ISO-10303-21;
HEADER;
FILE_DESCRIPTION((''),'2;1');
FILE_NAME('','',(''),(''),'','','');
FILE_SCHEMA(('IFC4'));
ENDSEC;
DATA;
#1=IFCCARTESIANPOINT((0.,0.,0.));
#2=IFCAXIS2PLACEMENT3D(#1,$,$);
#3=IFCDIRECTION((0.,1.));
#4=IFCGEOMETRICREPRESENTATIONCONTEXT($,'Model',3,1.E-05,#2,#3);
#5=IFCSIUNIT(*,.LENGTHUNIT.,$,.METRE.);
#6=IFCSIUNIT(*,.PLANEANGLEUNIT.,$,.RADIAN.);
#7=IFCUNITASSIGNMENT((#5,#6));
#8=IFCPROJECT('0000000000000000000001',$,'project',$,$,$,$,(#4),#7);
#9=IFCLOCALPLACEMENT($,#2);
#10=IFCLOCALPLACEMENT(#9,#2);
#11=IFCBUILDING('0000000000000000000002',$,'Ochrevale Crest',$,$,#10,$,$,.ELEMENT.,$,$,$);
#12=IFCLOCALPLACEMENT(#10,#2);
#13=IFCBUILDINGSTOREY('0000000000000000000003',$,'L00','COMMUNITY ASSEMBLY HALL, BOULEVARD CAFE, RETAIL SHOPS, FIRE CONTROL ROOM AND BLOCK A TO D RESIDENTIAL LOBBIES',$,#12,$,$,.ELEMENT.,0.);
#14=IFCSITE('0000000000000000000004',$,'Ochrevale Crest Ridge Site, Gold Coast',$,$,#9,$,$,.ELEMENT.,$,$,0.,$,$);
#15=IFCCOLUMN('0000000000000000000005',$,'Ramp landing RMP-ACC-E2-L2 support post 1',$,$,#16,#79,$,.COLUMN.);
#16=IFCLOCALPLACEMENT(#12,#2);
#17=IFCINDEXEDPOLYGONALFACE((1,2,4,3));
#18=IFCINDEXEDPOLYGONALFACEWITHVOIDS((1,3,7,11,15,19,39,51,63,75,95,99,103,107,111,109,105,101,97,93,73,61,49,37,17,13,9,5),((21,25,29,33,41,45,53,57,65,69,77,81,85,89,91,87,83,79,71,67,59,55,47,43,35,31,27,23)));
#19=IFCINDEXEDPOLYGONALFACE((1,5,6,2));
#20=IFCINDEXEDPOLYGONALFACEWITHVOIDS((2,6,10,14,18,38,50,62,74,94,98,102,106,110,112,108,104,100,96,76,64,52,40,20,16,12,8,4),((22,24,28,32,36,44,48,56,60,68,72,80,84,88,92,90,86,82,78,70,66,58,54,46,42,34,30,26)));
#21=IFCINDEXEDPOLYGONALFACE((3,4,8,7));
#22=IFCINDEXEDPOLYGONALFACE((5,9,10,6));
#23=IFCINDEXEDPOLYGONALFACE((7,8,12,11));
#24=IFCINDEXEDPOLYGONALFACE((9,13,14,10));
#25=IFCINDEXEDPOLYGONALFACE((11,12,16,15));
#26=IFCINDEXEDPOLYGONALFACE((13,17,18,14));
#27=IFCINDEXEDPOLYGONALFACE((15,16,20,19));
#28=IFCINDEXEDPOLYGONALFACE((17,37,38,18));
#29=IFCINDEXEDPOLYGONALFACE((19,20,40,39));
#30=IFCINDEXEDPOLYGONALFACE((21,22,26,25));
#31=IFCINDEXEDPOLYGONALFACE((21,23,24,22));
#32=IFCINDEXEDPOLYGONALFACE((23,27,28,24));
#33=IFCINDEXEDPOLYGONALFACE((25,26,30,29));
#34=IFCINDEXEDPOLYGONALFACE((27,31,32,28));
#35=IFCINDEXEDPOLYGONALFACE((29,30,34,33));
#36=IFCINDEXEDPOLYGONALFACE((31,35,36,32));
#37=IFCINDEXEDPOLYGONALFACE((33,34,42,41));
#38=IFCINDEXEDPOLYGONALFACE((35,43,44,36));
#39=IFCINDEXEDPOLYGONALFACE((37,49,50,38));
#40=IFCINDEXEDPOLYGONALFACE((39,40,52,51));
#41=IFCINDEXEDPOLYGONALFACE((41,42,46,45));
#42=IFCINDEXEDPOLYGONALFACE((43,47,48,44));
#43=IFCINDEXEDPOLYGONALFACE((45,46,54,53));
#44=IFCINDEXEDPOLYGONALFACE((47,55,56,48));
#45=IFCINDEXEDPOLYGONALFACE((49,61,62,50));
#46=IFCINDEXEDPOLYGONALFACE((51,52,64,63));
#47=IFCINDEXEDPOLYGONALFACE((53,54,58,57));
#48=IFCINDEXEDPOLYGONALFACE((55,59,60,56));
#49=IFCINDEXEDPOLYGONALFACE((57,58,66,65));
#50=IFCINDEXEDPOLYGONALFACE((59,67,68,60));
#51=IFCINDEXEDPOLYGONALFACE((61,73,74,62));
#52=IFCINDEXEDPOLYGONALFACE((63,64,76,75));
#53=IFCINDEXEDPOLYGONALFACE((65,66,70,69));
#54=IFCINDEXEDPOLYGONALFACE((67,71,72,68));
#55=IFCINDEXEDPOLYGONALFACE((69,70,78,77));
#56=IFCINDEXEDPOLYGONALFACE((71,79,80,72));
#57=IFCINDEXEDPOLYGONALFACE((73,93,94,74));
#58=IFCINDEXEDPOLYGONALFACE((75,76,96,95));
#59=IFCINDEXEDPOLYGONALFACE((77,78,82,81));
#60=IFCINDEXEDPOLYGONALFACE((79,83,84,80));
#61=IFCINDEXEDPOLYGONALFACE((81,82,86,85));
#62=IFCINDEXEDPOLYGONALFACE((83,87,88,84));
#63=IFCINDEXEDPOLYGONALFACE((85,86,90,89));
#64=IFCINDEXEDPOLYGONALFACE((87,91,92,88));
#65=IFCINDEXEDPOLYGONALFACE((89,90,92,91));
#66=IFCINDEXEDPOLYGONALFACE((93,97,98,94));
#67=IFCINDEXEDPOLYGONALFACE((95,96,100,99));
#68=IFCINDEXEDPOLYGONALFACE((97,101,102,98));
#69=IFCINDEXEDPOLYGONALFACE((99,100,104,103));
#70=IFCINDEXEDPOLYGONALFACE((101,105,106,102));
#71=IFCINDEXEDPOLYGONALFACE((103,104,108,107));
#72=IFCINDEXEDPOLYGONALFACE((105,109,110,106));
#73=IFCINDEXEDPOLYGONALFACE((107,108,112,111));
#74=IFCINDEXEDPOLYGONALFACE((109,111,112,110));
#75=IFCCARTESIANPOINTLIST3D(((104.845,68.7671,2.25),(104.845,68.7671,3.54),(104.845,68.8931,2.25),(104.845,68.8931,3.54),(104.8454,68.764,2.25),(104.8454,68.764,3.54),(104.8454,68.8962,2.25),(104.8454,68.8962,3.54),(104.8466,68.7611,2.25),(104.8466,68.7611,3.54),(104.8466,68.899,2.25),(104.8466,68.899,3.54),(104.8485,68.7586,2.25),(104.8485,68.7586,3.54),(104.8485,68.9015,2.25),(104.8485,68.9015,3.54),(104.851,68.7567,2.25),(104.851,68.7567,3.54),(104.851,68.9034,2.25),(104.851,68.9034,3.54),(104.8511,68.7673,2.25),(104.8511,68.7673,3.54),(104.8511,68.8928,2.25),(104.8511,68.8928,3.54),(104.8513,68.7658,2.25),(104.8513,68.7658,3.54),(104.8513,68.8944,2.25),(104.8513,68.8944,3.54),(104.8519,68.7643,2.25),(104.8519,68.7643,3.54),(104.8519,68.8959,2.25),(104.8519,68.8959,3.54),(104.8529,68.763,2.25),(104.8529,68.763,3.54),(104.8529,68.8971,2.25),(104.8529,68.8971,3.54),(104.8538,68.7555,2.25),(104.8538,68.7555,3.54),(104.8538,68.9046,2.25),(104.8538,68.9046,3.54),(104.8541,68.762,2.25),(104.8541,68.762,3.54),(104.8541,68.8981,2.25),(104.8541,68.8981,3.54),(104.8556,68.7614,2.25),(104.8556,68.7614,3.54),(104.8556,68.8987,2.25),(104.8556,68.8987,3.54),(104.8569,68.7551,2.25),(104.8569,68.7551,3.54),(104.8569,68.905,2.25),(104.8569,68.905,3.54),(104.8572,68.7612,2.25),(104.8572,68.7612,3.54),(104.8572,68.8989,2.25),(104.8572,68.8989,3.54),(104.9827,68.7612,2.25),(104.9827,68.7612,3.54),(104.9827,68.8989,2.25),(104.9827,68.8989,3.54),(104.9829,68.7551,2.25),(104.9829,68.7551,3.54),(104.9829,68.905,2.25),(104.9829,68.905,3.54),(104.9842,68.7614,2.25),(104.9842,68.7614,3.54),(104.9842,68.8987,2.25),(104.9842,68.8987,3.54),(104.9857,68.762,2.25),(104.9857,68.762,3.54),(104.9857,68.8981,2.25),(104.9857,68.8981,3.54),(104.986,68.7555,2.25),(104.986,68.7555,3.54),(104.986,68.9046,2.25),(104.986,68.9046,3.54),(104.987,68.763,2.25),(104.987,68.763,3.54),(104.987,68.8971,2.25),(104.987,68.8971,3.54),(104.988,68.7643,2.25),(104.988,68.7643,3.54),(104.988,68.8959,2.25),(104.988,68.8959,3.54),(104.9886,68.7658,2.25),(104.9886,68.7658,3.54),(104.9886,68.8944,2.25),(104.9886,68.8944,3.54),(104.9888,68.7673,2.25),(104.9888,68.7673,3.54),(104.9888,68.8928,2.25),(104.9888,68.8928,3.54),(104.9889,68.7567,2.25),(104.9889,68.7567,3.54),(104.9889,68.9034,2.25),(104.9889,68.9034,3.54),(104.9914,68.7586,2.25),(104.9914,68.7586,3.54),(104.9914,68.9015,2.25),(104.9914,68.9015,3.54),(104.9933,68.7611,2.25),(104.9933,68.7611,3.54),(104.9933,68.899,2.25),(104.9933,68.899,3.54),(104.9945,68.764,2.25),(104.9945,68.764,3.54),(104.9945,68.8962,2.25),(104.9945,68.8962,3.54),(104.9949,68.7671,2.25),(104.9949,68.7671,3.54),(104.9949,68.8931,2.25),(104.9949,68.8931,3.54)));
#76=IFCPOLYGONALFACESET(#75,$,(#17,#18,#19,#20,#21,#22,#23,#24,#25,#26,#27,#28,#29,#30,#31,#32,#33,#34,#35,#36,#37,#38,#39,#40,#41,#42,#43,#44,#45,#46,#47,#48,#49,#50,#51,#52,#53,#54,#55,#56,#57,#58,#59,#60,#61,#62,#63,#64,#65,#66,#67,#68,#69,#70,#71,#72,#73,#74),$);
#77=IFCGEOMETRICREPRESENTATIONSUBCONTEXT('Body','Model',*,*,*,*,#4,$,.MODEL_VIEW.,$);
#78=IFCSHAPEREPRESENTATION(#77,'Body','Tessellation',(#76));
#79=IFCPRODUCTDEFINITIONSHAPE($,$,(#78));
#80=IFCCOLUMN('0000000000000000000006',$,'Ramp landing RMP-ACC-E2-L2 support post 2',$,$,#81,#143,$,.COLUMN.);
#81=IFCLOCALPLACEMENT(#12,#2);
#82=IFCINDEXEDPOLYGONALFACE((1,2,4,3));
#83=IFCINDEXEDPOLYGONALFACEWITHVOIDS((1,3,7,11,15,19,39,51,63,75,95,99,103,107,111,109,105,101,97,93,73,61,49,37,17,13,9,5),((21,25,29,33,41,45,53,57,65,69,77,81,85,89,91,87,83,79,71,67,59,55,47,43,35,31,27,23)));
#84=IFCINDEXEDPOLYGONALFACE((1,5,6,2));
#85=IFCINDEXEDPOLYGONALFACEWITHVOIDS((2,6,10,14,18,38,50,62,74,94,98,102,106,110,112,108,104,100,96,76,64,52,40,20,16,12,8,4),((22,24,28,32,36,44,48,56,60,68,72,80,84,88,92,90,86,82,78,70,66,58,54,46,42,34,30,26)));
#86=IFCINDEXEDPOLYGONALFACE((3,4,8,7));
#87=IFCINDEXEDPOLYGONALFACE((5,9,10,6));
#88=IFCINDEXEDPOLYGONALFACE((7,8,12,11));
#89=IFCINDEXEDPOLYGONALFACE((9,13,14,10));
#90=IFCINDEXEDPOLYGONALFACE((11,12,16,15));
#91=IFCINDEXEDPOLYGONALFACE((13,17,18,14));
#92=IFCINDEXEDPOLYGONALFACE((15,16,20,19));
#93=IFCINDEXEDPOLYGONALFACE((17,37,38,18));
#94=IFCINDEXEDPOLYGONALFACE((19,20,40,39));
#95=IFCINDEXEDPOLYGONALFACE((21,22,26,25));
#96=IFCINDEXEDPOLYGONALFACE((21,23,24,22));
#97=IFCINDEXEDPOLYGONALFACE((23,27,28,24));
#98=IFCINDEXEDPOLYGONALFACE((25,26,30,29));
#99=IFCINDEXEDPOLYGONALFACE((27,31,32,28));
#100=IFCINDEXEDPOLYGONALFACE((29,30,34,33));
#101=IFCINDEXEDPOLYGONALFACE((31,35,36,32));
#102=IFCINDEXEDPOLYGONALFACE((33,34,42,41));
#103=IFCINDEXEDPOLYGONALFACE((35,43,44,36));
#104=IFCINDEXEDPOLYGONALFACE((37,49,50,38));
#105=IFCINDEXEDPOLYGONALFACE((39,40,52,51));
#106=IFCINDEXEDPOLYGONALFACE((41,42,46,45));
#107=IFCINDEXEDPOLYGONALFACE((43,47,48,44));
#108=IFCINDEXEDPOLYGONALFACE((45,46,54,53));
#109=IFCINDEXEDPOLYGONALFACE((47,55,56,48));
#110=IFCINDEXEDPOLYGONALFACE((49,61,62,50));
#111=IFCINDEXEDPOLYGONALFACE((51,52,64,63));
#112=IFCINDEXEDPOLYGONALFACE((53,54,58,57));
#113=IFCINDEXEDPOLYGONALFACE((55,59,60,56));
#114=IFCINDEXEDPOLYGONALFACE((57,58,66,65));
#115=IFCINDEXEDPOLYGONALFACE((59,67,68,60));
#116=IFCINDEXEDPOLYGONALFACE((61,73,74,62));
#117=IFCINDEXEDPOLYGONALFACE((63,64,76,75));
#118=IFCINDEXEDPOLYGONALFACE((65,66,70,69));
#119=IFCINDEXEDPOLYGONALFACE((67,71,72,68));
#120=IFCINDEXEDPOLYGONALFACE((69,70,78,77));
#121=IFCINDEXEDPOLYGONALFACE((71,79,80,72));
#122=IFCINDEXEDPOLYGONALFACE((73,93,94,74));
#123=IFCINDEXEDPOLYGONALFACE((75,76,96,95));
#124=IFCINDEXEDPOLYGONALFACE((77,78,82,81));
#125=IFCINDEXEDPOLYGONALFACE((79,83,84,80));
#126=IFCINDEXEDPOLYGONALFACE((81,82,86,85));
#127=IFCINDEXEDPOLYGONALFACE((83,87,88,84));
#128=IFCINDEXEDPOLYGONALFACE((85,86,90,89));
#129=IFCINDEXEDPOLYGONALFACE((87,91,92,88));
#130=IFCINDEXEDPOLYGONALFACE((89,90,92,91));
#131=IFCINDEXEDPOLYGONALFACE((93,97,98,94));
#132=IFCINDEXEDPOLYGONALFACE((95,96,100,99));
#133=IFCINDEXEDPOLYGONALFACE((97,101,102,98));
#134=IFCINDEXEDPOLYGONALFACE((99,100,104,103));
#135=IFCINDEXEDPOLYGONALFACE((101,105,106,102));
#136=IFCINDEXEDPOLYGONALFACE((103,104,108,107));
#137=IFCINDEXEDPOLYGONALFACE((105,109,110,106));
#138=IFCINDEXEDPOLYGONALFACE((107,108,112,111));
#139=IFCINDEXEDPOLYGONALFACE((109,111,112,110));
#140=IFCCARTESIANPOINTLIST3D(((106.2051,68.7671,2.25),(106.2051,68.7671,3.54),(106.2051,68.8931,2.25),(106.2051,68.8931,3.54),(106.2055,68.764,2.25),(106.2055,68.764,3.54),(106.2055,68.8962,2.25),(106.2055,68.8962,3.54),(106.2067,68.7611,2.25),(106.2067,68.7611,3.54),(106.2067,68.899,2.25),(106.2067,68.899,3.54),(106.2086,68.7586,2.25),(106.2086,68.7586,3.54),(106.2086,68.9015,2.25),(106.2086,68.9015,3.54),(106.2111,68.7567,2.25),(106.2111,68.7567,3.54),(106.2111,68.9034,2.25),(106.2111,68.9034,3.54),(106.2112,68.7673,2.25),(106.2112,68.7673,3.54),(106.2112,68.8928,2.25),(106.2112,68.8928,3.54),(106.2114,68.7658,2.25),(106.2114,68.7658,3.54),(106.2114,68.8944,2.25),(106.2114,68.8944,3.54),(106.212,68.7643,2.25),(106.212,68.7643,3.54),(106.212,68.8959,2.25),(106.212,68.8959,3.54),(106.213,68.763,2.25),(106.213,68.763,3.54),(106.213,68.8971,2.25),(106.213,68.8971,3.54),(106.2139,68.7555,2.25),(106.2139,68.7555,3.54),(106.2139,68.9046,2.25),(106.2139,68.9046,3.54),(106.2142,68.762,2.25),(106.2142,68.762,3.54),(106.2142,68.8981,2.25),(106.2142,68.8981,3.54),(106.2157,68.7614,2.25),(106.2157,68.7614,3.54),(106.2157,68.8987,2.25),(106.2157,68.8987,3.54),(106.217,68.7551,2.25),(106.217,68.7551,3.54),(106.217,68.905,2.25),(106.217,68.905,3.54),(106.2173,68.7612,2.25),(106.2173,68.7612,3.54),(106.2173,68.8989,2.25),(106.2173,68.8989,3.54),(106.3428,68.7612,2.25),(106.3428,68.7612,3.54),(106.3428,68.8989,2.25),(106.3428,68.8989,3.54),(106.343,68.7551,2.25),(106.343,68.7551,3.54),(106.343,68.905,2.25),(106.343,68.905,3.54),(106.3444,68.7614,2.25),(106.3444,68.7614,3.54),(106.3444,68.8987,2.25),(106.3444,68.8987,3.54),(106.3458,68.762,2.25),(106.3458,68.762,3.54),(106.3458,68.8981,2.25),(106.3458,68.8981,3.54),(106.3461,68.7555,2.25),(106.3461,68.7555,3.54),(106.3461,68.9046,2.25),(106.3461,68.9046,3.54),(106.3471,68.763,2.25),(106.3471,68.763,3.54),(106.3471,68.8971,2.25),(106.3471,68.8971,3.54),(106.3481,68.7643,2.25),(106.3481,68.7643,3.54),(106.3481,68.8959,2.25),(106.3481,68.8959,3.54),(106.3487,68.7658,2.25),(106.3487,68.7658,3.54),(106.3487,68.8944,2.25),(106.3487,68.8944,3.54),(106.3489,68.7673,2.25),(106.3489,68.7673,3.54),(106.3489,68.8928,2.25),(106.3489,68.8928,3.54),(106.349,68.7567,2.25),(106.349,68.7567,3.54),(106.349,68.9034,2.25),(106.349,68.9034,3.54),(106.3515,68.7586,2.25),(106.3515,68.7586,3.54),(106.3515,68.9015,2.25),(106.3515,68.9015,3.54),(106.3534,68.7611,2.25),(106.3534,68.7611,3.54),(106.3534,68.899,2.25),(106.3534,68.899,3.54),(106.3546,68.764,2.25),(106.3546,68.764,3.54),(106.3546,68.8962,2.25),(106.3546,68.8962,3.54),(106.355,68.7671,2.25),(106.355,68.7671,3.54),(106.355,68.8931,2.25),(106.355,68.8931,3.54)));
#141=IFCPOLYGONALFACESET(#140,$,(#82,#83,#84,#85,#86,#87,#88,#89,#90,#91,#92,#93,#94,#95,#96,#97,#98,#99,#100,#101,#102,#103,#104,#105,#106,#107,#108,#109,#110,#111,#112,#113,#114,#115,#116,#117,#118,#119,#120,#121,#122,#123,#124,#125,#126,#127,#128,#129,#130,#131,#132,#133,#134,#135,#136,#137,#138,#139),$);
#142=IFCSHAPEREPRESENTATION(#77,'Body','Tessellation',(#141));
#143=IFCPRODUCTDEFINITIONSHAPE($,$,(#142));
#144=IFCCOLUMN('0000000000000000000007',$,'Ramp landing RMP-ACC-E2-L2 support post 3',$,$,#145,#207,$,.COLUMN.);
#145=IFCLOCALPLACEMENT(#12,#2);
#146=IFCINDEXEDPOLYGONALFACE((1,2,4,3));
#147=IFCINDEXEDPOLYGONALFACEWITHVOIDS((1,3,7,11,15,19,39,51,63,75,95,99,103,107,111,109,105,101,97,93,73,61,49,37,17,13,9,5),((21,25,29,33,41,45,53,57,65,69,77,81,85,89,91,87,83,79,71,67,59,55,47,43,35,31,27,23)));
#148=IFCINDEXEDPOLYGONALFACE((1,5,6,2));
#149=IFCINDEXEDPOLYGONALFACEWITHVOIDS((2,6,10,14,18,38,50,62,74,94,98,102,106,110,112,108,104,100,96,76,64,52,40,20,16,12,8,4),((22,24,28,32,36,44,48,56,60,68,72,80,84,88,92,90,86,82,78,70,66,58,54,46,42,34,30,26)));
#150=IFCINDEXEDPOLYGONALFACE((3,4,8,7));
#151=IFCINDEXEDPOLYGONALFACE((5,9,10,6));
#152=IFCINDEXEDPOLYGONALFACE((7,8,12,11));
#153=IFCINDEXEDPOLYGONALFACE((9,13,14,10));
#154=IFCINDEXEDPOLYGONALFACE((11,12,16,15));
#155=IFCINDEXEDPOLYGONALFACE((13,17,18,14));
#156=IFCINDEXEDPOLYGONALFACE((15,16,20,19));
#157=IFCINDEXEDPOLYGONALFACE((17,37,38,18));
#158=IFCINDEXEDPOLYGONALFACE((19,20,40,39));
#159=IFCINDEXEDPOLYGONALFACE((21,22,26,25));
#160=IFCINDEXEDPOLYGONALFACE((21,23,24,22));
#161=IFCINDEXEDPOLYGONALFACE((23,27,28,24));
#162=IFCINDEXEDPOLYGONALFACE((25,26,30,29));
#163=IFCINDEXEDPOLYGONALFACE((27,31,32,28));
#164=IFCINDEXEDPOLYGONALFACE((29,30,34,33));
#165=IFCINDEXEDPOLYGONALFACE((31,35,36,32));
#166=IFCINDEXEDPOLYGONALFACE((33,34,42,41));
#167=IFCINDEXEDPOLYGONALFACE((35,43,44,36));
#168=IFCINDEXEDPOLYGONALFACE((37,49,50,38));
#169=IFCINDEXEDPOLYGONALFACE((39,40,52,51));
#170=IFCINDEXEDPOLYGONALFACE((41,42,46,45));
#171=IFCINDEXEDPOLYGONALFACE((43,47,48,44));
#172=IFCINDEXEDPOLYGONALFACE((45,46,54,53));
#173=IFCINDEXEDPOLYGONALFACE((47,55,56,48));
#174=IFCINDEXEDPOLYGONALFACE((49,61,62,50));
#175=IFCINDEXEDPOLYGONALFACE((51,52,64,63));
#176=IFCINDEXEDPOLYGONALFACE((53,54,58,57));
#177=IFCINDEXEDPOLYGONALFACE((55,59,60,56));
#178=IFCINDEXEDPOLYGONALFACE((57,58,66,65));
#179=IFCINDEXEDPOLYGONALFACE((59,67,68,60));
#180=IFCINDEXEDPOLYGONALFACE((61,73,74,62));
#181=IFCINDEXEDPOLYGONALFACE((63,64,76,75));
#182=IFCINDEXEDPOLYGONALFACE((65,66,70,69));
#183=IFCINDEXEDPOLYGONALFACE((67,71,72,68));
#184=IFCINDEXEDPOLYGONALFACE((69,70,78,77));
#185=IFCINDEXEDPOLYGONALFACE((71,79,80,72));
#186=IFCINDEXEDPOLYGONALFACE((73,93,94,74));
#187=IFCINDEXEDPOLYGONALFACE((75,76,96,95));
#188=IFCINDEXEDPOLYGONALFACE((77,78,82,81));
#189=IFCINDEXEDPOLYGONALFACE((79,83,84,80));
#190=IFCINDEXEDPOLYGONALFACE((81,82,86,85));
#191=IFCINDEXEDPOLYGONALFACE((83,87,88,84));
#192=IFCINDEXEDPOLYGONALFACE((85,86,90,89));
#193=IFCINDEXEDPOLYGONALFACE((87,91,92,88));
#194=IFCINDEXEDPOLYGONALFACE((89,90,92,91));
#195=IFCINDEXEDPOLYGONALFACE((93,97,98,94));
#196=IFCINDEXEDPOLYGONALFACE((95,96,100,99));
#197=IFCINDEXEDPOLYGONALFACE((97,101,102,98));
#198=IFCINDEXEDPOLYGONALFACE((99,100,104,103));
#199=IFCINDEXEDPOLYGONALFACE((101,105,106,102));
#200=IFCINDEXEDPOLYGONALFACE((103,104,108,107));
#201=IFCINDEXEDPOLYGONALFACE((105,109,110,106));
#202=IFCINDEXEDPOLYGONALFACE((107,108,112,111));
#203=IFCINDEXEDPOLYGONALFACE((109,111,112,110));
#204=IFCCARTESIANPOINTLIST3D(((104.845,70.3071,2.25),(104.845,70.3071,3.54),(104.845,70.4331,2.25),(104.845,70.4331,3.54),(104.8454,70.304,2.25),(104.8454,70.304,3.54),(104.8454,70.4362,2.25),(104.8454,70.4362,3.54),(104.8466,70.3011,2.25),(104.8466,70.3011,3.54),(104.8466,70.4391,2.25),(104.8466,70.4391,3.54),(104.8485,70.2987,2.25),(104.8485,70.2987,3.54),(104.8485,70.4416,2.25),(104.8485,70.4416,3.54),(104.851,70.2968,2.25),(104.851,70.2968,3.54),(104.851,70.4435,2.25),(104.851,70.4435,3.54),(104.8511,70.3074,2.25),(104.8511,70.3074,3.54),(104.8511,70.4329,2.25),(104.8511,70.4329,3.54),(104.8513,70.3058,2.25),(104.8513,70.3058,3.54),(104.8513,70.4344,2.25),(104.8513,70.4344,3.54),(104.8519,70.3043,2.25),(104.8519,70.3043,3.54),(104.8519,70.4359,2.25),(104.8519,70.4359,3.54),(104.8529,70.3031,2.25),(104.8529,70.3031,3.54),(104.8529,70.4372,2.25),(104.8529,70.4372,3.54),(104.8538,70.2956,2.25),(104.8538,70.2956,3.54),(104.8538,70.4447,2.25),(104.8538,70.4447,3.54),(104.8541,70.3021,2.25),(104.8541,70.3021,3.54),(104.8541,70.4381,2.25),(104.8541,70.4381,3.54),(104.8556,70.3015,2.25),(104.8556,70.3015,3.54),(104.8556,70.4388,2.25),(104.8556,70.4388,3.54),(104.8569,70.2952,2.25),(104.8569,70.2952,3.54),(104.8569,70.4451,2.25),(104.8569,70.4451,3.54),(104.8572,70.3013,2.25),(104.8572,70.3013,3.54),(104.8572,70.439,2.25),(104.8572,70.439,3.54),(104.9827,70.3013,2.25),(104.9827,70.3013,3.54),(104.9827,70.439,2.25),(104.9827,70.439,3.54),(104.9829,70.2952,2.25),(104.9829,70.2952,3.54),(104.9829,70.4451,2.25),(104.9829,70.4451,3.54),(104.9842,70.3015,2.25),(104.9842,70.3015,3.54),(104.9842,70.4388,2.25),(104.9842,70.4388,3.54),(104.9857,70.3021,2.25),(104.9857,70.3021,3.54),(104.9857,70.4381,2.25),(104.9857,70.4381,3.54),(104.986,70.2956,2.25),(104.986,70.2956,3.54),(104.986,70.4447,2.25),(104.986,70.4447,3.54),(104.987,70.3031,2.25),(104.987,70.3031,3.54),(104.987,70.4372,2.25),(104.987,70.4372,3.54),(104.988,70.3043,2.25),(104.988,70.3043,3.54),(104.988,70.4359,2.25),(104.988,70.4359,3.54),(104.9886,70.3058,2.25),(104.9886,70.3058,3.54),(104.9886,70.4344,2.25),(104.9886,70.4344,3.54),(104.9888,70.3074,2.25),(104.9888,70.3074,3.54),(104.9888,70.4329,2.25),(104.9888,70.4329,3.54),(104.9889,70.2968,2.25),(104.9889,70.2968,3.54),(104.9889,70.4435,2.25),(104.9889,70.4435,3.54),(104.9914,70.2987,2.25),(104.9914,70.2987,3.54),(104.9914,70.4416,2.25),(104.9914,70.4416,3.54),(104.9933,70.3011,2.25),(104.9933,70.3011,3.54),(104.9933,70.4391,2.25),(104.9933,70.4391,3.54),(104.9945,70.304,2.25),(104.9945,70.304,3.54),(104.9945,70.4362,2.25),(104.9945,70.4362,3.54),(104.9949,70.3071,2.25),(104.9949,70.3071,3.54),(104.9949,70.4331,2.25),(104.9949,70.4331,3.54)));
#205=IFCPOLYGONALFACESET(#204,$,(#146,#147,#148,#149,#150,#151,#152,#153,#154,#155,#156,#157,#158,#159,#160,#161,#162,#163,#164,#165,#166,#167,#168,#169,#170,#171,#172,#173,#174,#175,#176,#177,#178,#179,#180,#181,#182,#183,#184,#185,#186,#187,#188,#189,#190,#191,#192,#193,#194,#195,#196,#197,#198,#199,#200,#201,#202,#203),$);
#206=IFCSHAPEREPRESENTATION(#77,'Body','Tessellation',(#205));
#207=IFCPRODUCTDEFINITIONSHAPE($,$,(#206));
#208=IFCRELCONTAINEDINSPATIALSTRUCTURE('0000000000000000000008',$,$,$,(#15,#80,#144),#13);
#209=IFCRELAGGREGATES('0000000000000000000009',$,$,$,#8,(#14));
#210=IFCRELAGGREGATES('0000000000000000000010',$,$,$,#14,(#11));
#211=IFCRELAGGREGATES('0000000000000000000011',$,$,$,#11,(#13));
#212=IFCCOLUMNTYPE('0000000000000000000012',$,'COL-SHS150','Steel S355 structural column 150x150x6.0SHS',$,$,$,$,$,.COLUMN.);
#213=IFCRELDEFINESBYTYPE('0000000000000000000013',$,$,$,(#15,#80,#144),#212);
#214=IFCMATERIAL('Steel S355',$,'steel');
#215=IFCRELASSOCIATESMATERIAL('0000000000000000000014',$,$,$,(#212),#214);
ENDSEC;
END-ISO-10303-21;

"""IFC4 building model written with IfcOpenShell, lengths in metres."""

from ifc_helpers import new_model, si_unit, direction, frame, origin, origin_2d, place, context, subcontext, project, spatial, hollow_rectangle, extrude, material, material_profile, profile_set, type_object, element, save


model = new_model("IFC4")

# Units and contexts
model_context = context("Model", 3, precision=1e-05, world=origin(), true_north=direction((0.0, 1.0)))
body_context = subcontext(model_context, "Body", "Model", "MODEL_VIEW")
ifc_project = project(units=[si_unit("LENGTHUNIT", "METRE"), si_unit("PLANEANGLEUNIT", "RADIAN")], contexts=[model_context])

# Site, building, storey
site_placement = place(None, origin())
site = spatial("IfcSite", under=ifc_project, at=site_placement, Name="Ochrevale Crest Ridge Site, Gold Coast", CompositionType="ELEMENT", RefElevation=0.0)
building_placement = place(site_placement, origin())
building = spatial("IfcBuilding", under=site, at=building_placement, Name="Ochrevale Crest", CompositionType="ELEMENT")
storey_placement = place(building_placement, origin())
storey = spatial("IfcBuildingStorey", under=building, at=storey_placement, Name="L00", Description="COMMUNITY ASSEMBLY HALL, BOULEVARD CAFE, RETAIL SHOPS, FIRE CONTROL ROOM AND BLOCK A TO D RESIDENTIAL LOBBIES", CompositionType="ELEMENT", Elevation=0.0)

# Columns
ifc_material_1 = material(Name="Steel S355", Category="steel")
ifc_material_profile_1 = material_profile(ifc_material_1, hollow_rectangle(XDim=0.1499, YDim=0.1499, WallThickness=0.0061, InnerFilletRadius=0.0061, OuterFilletRadius=0.012, at=origin_2d()), Name="150x150x6.0SHS")
ifc_profile_set_1 = profile_set([ifc_material_profile_1], Name="Steel S355")
column_type_1 = type_object("IfcColumnType", Name="COL-SHS150", Description="Steel S355 structural column 150x150x6.0SHS", PredefinedType="COLUMN", material=ifc_profile_set_1)
for number, where, z_axis, x_axis, name in (
    (1, (104.9199, 68.8301, 2.25), (0.0, 0.0, 1.0), (1.0, 0.0, 0.0), "Ramp landing RMP-ACC-E2-L2 support post 1"),
    (2, (106.28, 68.8301, 2.25), (0.0, 0.0, 1.0), (1.0, 0.0, 0.0), "Ramp landing RMP-ACC-E2-L2 support post 2"),
    (3, (104.9199, 70.3701, 2.25), (0.0, 0.0, 1.0), (1.0, 0.0, 0.0), "Ramp landing RMP-ACC-E2-L2 support post 3"),
):
    element("IfcColumn", number, at=place(storey_placement, frame(where, z_axis=z_axis, x_axis=x_axis)), inside=storey, type_object=column_type_1, Name=name, PredefinedType="COLUMN", context=body_context, shape_type="SweptSolid", body=[
        extrude(hollow_rectangle(XDim=0.1499, YDim=0.1499, WallThickness=0.0061, InnerFilletRadius=0.0061, OuterFilletRadius=0.012, at=origin_2d()), origin(), (0.0, 0.0, 1.0), 1.29),
    ])

save(model, "model.ifc")
